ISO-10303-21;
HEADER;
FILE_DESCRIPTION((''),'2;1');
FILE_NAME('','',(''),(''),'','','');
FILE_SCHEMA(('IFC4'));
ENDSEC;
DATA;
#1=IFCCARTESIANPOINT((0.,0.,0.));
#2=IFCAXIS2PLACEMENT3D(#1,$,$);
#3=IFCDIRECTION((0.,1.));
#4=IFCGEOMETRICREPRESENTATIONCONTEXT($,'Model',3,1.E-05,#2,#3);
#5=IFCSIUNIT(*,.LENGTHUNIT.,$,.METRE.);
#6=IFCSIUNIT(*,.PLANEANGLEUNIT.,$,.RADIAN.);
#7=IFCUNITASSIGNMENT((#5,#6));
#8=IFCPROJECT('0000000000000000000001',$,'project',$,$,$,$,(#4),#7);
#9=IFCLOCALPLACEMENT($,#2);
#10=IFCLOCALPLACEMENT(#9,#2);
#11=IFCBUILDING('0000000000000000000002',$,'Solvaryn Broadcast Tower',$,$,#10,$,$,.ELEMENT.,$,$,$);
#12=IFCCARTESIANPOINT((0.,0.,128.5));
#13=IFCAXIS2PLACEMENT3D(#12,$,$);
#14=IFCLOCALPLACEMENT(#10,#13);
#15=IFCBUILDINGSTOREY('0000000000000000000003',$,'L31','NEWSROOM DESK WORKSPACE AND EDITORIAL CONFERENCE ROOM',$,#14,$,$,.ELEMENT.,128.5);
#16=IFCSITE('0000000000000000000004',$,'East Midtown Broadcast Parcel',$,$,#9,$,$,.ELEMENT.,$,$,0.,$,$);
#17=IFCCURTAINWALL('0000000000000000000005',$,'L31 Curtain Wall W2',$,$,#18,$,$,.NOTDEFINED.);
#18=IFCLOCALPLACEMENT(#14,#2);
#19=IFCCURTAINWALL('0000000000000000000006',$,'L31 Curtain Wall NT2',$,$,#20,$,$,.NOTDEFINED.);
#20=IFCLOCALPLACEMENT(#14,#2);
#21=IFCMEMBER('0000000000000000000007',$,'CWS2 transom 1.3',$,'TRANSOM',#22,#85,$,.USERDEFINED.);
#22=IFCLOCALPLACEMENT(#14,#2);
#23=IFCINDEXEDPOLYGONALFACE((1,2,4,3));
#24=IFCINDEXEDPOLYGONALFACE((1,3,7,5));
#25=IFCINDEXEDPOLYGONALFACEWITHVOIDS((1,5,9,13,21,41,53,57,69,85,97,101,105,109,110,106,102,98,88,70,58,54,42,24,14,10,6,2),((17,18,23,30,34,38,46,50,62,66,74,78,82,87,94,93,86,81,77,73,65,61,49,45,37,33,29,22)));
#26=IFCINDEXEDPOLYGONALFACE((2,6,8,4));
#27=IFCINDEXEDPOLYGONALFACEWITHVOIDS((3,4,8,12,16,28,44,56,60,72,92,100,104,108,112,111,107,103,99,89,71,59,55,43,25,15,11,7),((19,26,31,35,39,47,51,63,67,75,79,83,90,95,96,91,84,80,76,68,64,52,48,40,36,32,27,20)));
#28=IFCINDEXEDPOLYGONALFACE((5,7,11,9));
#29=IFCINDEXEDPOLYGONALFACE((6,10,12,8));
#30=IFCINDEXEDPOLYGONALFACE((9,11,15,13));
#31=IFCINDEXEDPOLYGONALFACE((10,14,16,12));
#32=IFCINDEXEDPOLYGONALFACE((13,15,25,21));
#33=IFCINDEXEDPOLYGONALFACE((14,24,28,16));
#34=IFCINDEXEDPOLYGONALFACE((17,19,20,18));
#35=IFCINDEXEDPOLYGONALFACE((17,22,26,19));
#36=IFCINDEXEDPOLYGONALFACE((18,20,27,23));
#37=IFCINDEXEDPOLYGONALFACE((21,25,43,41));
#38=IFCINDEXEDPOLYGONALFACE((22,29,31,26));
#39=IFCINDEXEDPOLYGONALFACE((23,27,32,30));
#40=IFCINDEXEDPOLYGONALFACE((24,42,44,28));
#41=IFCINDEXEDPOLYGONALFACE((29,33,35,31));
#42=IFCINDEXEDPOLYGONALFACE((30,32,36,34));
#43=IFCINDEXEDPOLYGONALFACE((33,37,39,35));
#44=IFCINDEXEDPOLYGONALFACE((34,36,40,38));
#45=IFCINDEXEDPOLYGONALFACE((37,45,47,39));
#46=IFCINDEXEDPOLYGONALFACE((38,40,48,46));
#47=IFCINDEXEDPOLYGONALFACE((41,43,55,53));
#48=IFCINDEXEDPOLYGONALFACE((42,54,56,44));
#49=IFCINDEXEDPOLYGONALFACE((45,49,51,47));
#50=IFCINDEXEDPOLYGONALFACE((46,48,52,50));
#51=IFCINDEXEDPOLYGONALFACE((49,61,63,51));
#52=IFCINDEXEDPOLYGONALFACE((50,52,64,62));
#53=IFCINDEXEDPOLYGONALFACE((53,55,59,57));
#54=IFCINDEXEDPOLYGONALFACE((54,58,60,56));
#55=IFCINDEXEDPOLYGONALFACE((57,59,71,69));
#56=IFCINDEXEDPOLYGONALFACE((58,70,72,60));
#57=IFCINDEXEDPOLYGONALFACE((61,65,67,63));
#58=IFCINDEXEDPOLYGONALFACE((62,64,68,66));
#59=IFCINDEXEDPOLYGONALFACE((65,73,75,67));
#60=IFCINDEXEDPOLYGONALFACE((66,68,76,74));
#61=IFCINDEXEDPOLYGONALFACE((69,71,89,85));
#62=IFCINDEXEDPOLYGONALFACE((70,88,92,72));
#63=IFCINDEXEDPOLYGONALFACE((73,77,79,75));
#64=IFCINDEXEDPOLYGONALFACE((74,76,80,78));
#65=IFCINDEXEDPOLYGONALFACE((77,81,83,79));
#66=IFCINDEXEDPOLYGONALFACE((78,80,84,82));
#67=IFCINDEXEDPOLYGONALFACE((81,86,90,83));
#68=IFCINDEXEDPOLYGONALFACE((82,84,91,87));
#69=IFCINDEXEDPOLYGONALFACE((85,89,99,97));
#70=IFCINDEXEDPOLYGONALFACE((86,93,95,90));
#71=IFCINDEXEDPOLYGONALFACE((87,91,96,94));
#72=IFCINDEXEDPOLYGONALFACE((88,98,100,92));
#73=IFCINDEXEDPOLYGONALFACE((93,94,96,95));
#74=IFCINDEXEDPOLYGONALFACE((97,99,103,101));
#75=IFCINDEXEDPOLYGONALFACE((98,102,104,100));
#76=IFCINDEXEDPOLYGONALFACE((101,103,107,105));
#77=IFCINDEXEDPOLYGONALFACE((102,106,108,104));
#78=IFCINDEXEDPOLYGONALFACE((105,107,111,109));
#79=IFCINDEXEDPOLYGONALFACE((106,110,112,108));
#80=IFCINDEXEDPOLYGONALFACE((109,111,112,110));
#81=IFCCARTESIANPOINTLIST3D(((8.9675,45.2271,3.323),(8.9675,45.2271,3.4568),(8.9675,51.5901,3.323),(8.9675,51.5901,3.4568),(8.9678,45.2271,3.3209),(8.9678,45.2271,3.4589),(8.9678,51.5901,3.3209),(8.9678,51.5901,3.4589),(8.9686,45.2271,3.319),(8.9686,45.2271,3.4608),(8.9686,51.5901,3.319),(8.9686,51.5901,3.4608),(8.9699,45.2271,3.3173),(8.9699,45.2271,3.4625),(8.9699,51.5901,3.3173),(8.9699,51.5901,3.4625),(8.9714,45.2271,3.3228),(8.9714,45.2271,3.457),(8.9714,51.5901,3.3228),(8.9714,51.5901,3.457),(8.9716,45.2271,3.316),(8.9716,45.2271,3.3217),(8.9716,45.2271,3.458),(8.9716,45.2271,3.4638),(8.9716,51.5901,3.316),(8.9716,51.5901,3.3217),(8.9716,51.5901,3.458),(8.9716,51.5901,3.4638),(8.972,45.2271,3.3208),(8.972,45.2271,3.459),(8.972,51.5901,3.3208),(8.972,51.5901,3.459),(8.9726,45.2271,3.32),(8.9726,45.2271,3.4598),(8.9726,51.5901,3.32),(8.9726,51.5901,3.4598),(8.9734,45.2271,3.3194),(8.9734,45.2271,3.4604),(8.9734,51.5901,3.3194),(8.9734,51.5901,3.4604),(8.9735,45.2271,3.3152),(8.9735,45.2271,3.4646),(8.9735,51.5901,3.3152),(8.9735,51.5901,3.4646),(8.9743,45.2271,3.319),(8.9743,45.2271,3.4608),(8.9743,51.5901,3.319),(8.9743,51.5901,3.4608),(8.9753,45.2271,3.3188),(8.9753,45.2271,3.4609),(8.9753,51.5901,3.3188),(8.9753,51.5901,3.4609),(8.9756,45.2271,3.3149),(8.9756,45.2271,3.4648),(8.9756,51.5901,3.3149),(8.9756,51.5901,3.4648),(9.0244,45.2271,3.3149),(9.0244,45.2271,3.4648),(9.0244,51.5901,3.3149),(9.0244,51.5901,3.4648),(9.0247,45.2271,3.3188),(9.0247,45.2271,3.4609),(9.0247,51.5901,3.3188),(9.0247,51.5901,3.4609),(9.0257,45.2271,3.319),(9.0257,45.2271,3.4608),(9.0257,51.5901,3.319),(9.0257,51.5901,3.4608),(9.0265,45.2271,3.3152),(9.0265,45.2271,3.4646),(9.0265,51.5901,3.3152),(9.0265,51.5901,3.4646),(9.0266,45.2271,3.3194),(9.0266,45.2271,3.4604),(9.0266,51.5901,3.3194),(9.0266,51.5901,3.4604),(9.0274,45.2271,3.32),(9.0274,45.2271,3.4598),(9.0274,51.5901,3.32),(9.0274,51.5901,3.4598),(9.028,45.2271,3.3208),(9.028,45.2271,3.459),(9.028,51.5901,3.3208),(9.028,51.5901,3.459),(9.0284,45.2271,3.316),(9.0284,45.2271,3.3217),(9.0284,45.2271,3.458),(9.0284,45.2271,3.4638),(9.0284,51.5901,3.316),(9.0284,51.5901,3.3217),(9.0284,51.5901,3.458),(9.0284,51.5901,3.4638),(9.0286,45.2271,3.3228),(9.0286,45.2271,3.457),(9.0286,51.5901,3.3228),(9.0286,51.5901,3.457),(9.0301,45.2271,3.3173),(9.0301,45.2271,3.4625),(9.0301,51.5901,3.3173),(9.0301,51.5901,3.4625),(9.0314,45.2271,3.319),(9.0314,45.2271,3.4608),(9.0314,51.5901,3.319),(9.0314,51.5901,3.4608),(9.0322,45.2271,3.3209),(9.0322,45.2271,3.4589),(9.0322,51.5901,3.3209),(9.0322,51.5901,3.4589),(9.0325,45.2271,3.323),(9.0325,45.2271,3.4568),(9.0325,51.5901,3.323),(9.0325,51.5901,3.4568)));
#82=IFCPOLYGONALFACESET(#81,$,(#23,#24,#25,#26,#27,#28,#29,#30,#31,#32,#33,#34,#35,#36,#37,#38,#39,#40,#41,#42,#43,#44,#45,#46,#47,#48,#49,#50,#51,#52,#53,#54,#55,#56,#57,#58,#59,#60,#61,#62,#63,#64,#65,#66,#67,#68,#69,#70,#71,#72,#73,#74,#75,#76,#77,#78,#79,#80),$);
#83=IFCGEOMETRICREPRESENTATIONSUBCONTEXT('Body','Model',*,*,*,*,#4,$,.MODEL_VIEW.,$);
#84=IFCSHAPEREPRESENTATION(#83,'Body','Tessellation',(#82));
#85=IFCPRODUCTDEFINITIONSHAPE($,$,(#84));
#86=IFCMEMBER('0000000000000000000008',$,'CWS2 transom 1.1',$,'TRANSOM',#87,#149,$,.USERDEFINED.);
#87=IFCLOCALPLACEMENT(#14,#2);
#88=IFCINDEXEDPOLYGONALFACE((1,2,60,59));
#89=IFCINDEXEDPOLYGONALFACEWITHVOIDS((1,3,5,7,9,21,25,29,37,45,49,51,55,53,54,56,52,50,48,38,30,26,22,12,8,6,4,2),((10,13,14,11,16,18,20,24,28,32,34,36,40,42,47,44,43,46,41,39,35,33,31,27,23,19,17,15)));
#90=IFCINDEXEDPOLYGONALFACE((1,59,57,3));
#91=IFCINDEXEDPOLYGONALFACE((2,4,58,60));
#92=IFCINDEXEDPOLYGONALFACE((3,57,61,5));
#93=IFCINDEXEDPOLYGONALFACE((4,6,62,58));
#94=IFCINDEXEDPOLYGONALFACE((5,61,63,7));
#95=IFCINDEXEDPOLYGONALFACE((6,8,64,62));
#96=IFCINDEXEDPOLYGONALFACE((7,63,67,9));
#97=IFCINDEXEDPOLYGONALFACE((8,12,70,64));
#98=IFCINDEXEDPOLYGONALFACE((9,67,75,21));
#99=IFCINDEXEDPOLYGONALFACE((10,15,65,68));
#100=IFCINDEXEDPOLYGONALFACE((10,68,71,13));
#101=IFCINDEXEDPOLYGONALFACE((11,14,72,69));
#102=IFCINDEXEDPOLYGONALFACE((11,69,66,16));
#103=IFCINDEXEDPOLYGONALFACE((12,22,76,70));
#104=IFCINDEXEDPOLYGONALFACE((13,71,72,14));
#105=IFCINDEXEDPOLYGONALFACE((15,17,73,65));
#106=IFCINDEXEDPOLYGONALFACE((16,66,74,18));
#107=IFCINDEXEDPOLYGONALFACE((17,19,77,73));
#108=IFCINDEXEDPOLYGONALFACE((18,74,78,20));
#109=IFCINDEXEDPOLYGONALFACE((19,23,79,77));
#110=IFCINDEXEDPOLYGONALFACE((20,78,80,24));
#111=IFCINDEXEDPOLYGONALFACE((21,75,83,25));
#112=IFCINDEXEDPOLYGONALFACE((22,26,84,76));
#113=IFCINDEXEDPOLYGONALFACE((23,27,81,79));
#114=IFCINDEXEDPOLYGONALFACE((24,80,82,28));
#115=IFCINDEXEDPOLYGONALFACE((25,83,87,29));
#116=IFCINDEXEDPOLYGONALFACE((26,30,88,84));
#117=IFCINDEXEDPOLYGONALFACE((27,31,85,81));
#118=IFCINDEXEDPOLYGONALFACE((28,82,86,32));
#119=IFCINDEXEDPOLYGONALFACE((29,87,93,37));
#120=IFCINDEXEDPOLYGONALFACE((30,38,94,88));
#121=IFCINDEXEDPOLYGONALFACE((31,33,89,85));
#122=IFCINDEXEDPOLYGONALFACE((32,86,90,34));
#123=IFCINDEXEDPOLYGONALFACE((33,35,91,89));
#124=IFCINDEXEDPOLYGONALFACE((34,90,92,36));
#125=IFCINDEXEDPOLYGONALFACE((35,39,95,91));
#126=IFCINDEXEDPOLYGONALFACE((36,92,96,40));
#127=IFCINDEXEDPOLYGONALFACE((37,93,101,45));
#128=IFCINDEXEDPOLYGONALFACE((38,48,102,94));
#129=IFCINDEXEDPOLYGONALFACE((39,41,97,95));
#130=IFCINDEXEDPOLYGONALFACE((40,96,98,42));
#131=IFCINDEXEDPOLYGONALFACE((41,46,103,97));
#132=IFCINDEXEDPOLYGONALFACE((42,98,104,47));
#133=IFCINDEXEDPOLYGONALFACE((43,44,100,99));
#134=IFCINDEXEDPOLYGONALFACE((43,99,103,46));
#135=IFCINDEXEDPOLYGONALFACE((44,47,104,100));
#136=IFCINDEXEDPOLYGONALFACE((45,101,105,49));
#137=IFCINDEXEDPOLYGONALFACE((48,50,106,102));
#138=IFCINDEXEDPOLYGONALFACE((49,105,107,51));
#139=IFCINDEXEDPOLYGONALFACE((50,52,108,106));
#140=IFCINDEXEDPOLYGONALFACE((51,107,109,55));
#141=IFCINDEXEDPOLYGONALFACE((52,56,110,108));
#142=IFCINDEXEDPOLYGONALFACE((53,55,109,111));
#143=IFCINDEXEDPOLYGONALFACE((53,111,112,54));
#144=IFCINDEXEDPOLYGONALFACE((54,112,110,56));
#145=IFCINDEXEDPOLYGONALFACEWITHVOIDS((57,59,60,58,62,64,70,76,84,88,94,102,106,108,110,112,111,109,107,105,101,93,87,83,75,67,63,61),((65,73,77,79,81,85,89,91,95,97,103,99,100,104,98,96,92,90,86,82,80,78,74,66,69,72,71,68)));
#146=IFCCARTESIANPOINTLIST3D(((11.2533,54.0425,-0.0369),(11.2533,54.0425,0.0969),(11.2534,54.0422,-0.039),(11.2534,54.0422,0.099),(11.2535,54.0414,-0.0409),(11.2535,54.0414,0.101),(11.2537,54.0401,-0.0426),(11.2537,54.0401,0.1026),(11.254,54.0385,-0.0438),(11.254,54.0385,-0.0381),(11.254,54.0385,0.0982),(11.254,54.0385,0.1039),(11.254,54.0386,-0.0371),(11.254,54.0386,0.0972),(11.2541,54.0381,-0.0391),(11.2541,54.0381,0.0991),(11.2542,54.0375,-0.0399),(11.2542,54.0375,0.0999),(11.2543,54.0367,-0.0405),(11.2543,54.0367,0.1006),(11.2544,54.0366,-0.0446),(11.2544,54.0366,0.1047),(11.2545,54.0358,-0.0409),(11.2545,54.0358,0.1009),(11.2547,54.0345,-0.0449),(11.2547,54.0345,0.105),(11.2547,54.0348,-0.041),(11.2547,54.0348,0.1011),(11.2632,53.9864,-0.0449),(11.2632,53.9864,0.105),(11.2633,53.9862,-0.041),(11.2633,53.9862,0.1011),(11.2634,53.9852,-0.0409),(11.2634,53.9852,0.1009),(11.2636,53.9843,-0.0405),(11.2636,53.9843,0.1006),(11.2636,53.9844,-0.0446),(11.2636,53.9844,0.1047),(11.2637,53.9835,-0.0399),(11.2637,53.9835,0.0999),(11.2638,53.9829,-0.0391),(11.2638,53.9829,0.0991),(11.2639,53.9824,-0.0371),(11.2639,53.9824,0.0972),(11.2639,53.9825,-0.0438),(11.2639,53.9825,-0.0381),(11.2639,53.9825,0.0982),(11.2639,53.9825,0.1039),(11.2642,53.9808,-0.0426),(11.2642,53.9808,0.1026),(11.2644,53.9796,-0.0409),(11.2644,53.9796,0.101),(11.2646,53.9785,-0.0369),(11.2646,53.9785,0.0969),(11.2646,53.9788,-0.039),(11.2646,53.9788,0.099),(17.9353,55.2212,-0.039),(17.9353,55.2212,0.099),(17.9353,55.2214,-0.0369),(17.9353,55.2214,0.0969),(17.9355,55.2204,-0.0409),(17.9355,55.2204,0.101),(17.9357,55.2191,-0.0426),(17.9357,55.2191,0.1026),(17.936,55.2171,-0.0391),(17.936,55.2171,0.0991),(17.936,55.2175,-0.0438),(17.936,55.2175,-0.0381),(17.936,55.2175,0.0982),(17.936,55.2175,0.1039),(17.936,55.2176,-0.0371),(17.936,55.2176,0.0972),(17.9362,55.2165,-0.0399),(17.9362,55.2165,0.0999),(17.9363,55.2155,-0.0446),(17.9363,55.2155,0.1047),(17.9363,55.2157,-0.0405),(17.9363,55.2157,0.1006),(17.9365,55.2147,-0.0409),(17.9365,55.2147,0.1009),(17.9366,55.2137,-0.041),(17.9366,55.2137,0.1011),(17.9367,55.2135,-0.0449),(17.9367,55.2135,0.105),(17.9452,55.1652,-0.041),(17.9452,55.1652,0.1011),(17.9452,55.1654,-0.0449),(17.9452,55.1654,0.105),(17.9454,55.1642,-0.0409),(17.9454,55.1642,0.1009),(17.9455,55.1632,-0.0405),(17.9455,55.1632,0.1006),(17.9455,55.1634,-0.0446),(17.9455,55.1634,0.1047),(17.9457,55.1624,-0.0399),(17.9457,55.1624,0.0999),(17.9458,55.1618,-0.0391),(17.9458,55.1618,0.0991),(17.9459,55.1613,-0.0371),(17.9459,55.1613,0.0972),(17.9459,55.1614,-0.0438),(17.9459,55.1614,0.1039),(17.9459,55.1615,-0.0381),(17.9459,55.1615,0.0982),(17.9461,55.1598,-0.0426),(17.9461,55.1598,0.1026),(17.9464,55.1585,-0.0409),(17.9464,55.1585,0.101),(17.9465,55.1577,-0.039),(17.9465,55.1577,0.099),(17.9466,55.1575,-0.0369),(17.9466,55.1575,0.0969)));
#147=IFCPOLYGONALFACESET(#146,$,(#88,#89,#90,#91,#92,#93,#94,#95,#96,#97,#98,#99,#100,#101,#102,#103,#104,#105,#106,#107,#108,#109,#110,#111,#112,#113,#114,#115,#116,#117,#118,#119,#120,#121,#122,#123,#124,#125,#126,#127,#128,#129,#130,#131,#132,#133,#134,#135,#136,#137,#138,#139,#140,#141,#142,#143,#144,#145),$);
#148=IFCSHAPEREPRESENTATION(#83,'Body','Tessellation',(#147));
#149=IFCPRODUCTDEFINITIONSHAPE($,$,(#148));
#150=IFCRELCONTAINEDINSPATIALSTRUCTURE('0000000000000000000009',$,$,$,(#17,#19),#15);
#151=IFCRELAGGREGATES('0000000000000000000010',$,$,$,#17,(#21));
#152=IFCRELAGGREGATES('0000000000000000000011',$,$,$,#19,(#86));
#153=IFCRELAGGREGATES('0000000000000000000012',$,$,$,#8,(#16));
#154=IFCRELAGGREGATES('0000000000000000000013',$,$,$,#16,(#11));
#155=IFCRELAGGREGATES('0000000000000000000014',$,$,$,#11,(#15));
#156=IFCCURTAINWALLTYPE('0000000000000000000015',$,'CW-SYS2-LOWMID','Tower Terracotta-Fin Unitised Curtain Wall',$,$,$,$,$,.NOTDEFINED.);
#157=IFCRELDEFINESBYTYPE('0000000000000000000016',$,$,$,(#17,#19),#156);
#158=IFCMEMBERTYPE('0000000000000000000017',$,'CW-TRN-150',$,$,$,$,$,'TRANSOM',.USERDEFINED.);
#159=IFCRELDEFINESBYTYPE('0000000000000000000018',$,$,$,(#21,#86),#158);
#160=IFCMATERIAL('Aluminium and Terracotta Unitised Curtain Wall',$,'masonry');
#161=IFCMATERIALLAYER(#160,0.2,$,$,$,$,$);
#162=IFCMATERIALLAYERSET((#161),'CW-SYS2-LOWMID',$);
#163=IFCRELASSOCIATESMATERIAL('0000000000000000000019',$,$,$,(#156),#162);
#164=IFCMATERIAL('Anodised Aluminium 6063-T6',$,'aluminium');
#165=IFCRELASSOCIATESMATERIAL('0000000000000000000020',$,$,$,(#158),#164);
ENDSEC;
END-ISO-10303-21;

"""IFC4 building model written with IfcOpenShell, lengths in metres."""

from ifc_helpers import new_model, si_unit, direction, frame, origin, origin_2d, place, context, subcontext, project, spatial, hollow_rectangle, extrude, material, layer, layer_set, material_profile, profile_set, type_object, element, aggregate, save


model = new_model("IFC4")

# Units and contexts
model_context = context("Model", 3, precision=1e-05, world=origin(), true_north=direction((0.0, 1.0)))
body_context = subcontext(model_context, "Body", "Model", "MODEL_VIEW")
ifc_project = project(units=[si_unit("LENGTHUNIT", "METRE"), si_unit("PLANEANGLEUNIT", "RADIAN")], contexts=[model_context])

# Site, building, storey
site_placement = place(None, origin())
site = spatial("IfcSite", under=ifc_project, at=site_placement, Name="East Midtown Broadcast Parcel", CompositionType="ELEMENT", RefElevation=0.0)
building_placement = place(site_placement, origin())
building = spatial("IfcBuilding", under=site, at=building_placement, Name="Solvaryn Broadcast Tower", CompositionType="ELEMENT")
storey_placement = place(building_placement, frame((0.0, 0.0, 128.5)))
storey = spatial("IfcBuildingStorey", under=building, at=storey_placement, Name="L31", Description="NEWSROOM DESK WORKSPACE AND EDITORIAL CONFERENCE ROOM", CompositionType="ELEMENT", Elevation=128.5)

# Curtain wall
ifc_material_1 = material(Name="Aluminium and Terracotta Unitised Curtain Wall", Category="masonry")
ifc_layer_1 = layer(ifc_material_1, 0.2)
ifc_layer_set_1 = layer_set([ifc_layer_1], Name="CW-SYS2-LOWMID")
curtain_wall_type = type_object("IfcCurtainWallType", Name="CW-SYS2-LOWMID", Description="Tower Terracotta-Fin Unitised Curtain Wall", PredefinedType="NOTDEFINED", material=ifc_layer_set_1)
curtain_wall_1_placement = place(storey_placement, origin())
curtain_wall_1 = element("IfcCurtainWall", 1, at=curtain_wall_1_placement, inside=storey, type_object=curtain_wall_type, Name="L31 Curtain Wall W2", PredefinedType="NOTDEFINED")

# Curtain wall
curtain_wall_2_placement = place(storey_placement, origin())
curtain_wall_2 = element("IfcCurtainWall", 2, at=curtain_wall_2_placement, inside=storey, type_object=curtain_wall_type, Name="L31 Curtain Wall NT2", PredefinedType="NOTDEFINED")

# Members
ifc_material_2 = material(Name="Anodised Aluminium 6063-T6", Category="aluminium")
ifc_material_profile_1 = material_profile(ifc_material_2, hollow_rectangle(XDim=0.0649, YDim=0.1499, WallThickness=0.0039, InnerFilletRadius=0.0039, OuterFilletRadius=0.0081, at=origin_2d()))
ifc_profile_set_1 = profile_set([ifc_material_profile_1], Name="Anodised Aluminium 6063-T6")
member_type_1 = type_object("IfcMemberType", Name="CW-TRN-150", ElementType="TRANSOM", PredefinedType="USERDEFINED", material=ifc_profile_set_1)
member_1_placement = place(storey_placement, frame((9.0, 45.2271, 3.3899), z_axis=(0.0, 1.0, 0.0), x_axis=(-1.0, 0.0, 0.0)))
member_1 = element("IfcMember", 3, at=member_1_placement, type_object=member_type_1, Name="CWS2 transom 1.3", ObjectType="TRANSOM", PredefinedType="USERDEFINED", context=body_context, shape_type="SweptSolid", body=[
    extrude(hollow_rectangle(XDim=0.0649, YDim=0.1499, WallThickness=0.0039, InnerFilletRadius=0.0039, OuterFilletRadius=0.0081, at=origin_2d()), origin(), (0.0, 0.0, 1.0), 6.363),
])
member_2_placement = place(storey_placement, frame((17.9409, 55.1895, 0.03), z_axis=(-0.984789, -0.173757, 0.0), x_axis=(0.173757, -0.984789, 0.0)))
member_2 = element("IfcMember", 4, at=member_2_placement, type_object=member_type_1, Name="CWS2 transom 1.1", ObjectType="TRANSOM", PredefinedType="USERDEFINED", context=body_context, shape_type="SweptSolid", body=[
    extrude(hollow_rectangle(XDim=0.0649, YDim=0.1499, WallThickness=0.0039, InnerFilletRadius=0.0039, OuterFilletRadius=0.0081, at=origin_2d()), origin(), (0.0, 0.0, 1.0), 6.7852),
])

aggregate(curtain_wall_1, [member_1])
aggregate(curtain_wall_2, [member_2])

save(model, "model.ifc")
